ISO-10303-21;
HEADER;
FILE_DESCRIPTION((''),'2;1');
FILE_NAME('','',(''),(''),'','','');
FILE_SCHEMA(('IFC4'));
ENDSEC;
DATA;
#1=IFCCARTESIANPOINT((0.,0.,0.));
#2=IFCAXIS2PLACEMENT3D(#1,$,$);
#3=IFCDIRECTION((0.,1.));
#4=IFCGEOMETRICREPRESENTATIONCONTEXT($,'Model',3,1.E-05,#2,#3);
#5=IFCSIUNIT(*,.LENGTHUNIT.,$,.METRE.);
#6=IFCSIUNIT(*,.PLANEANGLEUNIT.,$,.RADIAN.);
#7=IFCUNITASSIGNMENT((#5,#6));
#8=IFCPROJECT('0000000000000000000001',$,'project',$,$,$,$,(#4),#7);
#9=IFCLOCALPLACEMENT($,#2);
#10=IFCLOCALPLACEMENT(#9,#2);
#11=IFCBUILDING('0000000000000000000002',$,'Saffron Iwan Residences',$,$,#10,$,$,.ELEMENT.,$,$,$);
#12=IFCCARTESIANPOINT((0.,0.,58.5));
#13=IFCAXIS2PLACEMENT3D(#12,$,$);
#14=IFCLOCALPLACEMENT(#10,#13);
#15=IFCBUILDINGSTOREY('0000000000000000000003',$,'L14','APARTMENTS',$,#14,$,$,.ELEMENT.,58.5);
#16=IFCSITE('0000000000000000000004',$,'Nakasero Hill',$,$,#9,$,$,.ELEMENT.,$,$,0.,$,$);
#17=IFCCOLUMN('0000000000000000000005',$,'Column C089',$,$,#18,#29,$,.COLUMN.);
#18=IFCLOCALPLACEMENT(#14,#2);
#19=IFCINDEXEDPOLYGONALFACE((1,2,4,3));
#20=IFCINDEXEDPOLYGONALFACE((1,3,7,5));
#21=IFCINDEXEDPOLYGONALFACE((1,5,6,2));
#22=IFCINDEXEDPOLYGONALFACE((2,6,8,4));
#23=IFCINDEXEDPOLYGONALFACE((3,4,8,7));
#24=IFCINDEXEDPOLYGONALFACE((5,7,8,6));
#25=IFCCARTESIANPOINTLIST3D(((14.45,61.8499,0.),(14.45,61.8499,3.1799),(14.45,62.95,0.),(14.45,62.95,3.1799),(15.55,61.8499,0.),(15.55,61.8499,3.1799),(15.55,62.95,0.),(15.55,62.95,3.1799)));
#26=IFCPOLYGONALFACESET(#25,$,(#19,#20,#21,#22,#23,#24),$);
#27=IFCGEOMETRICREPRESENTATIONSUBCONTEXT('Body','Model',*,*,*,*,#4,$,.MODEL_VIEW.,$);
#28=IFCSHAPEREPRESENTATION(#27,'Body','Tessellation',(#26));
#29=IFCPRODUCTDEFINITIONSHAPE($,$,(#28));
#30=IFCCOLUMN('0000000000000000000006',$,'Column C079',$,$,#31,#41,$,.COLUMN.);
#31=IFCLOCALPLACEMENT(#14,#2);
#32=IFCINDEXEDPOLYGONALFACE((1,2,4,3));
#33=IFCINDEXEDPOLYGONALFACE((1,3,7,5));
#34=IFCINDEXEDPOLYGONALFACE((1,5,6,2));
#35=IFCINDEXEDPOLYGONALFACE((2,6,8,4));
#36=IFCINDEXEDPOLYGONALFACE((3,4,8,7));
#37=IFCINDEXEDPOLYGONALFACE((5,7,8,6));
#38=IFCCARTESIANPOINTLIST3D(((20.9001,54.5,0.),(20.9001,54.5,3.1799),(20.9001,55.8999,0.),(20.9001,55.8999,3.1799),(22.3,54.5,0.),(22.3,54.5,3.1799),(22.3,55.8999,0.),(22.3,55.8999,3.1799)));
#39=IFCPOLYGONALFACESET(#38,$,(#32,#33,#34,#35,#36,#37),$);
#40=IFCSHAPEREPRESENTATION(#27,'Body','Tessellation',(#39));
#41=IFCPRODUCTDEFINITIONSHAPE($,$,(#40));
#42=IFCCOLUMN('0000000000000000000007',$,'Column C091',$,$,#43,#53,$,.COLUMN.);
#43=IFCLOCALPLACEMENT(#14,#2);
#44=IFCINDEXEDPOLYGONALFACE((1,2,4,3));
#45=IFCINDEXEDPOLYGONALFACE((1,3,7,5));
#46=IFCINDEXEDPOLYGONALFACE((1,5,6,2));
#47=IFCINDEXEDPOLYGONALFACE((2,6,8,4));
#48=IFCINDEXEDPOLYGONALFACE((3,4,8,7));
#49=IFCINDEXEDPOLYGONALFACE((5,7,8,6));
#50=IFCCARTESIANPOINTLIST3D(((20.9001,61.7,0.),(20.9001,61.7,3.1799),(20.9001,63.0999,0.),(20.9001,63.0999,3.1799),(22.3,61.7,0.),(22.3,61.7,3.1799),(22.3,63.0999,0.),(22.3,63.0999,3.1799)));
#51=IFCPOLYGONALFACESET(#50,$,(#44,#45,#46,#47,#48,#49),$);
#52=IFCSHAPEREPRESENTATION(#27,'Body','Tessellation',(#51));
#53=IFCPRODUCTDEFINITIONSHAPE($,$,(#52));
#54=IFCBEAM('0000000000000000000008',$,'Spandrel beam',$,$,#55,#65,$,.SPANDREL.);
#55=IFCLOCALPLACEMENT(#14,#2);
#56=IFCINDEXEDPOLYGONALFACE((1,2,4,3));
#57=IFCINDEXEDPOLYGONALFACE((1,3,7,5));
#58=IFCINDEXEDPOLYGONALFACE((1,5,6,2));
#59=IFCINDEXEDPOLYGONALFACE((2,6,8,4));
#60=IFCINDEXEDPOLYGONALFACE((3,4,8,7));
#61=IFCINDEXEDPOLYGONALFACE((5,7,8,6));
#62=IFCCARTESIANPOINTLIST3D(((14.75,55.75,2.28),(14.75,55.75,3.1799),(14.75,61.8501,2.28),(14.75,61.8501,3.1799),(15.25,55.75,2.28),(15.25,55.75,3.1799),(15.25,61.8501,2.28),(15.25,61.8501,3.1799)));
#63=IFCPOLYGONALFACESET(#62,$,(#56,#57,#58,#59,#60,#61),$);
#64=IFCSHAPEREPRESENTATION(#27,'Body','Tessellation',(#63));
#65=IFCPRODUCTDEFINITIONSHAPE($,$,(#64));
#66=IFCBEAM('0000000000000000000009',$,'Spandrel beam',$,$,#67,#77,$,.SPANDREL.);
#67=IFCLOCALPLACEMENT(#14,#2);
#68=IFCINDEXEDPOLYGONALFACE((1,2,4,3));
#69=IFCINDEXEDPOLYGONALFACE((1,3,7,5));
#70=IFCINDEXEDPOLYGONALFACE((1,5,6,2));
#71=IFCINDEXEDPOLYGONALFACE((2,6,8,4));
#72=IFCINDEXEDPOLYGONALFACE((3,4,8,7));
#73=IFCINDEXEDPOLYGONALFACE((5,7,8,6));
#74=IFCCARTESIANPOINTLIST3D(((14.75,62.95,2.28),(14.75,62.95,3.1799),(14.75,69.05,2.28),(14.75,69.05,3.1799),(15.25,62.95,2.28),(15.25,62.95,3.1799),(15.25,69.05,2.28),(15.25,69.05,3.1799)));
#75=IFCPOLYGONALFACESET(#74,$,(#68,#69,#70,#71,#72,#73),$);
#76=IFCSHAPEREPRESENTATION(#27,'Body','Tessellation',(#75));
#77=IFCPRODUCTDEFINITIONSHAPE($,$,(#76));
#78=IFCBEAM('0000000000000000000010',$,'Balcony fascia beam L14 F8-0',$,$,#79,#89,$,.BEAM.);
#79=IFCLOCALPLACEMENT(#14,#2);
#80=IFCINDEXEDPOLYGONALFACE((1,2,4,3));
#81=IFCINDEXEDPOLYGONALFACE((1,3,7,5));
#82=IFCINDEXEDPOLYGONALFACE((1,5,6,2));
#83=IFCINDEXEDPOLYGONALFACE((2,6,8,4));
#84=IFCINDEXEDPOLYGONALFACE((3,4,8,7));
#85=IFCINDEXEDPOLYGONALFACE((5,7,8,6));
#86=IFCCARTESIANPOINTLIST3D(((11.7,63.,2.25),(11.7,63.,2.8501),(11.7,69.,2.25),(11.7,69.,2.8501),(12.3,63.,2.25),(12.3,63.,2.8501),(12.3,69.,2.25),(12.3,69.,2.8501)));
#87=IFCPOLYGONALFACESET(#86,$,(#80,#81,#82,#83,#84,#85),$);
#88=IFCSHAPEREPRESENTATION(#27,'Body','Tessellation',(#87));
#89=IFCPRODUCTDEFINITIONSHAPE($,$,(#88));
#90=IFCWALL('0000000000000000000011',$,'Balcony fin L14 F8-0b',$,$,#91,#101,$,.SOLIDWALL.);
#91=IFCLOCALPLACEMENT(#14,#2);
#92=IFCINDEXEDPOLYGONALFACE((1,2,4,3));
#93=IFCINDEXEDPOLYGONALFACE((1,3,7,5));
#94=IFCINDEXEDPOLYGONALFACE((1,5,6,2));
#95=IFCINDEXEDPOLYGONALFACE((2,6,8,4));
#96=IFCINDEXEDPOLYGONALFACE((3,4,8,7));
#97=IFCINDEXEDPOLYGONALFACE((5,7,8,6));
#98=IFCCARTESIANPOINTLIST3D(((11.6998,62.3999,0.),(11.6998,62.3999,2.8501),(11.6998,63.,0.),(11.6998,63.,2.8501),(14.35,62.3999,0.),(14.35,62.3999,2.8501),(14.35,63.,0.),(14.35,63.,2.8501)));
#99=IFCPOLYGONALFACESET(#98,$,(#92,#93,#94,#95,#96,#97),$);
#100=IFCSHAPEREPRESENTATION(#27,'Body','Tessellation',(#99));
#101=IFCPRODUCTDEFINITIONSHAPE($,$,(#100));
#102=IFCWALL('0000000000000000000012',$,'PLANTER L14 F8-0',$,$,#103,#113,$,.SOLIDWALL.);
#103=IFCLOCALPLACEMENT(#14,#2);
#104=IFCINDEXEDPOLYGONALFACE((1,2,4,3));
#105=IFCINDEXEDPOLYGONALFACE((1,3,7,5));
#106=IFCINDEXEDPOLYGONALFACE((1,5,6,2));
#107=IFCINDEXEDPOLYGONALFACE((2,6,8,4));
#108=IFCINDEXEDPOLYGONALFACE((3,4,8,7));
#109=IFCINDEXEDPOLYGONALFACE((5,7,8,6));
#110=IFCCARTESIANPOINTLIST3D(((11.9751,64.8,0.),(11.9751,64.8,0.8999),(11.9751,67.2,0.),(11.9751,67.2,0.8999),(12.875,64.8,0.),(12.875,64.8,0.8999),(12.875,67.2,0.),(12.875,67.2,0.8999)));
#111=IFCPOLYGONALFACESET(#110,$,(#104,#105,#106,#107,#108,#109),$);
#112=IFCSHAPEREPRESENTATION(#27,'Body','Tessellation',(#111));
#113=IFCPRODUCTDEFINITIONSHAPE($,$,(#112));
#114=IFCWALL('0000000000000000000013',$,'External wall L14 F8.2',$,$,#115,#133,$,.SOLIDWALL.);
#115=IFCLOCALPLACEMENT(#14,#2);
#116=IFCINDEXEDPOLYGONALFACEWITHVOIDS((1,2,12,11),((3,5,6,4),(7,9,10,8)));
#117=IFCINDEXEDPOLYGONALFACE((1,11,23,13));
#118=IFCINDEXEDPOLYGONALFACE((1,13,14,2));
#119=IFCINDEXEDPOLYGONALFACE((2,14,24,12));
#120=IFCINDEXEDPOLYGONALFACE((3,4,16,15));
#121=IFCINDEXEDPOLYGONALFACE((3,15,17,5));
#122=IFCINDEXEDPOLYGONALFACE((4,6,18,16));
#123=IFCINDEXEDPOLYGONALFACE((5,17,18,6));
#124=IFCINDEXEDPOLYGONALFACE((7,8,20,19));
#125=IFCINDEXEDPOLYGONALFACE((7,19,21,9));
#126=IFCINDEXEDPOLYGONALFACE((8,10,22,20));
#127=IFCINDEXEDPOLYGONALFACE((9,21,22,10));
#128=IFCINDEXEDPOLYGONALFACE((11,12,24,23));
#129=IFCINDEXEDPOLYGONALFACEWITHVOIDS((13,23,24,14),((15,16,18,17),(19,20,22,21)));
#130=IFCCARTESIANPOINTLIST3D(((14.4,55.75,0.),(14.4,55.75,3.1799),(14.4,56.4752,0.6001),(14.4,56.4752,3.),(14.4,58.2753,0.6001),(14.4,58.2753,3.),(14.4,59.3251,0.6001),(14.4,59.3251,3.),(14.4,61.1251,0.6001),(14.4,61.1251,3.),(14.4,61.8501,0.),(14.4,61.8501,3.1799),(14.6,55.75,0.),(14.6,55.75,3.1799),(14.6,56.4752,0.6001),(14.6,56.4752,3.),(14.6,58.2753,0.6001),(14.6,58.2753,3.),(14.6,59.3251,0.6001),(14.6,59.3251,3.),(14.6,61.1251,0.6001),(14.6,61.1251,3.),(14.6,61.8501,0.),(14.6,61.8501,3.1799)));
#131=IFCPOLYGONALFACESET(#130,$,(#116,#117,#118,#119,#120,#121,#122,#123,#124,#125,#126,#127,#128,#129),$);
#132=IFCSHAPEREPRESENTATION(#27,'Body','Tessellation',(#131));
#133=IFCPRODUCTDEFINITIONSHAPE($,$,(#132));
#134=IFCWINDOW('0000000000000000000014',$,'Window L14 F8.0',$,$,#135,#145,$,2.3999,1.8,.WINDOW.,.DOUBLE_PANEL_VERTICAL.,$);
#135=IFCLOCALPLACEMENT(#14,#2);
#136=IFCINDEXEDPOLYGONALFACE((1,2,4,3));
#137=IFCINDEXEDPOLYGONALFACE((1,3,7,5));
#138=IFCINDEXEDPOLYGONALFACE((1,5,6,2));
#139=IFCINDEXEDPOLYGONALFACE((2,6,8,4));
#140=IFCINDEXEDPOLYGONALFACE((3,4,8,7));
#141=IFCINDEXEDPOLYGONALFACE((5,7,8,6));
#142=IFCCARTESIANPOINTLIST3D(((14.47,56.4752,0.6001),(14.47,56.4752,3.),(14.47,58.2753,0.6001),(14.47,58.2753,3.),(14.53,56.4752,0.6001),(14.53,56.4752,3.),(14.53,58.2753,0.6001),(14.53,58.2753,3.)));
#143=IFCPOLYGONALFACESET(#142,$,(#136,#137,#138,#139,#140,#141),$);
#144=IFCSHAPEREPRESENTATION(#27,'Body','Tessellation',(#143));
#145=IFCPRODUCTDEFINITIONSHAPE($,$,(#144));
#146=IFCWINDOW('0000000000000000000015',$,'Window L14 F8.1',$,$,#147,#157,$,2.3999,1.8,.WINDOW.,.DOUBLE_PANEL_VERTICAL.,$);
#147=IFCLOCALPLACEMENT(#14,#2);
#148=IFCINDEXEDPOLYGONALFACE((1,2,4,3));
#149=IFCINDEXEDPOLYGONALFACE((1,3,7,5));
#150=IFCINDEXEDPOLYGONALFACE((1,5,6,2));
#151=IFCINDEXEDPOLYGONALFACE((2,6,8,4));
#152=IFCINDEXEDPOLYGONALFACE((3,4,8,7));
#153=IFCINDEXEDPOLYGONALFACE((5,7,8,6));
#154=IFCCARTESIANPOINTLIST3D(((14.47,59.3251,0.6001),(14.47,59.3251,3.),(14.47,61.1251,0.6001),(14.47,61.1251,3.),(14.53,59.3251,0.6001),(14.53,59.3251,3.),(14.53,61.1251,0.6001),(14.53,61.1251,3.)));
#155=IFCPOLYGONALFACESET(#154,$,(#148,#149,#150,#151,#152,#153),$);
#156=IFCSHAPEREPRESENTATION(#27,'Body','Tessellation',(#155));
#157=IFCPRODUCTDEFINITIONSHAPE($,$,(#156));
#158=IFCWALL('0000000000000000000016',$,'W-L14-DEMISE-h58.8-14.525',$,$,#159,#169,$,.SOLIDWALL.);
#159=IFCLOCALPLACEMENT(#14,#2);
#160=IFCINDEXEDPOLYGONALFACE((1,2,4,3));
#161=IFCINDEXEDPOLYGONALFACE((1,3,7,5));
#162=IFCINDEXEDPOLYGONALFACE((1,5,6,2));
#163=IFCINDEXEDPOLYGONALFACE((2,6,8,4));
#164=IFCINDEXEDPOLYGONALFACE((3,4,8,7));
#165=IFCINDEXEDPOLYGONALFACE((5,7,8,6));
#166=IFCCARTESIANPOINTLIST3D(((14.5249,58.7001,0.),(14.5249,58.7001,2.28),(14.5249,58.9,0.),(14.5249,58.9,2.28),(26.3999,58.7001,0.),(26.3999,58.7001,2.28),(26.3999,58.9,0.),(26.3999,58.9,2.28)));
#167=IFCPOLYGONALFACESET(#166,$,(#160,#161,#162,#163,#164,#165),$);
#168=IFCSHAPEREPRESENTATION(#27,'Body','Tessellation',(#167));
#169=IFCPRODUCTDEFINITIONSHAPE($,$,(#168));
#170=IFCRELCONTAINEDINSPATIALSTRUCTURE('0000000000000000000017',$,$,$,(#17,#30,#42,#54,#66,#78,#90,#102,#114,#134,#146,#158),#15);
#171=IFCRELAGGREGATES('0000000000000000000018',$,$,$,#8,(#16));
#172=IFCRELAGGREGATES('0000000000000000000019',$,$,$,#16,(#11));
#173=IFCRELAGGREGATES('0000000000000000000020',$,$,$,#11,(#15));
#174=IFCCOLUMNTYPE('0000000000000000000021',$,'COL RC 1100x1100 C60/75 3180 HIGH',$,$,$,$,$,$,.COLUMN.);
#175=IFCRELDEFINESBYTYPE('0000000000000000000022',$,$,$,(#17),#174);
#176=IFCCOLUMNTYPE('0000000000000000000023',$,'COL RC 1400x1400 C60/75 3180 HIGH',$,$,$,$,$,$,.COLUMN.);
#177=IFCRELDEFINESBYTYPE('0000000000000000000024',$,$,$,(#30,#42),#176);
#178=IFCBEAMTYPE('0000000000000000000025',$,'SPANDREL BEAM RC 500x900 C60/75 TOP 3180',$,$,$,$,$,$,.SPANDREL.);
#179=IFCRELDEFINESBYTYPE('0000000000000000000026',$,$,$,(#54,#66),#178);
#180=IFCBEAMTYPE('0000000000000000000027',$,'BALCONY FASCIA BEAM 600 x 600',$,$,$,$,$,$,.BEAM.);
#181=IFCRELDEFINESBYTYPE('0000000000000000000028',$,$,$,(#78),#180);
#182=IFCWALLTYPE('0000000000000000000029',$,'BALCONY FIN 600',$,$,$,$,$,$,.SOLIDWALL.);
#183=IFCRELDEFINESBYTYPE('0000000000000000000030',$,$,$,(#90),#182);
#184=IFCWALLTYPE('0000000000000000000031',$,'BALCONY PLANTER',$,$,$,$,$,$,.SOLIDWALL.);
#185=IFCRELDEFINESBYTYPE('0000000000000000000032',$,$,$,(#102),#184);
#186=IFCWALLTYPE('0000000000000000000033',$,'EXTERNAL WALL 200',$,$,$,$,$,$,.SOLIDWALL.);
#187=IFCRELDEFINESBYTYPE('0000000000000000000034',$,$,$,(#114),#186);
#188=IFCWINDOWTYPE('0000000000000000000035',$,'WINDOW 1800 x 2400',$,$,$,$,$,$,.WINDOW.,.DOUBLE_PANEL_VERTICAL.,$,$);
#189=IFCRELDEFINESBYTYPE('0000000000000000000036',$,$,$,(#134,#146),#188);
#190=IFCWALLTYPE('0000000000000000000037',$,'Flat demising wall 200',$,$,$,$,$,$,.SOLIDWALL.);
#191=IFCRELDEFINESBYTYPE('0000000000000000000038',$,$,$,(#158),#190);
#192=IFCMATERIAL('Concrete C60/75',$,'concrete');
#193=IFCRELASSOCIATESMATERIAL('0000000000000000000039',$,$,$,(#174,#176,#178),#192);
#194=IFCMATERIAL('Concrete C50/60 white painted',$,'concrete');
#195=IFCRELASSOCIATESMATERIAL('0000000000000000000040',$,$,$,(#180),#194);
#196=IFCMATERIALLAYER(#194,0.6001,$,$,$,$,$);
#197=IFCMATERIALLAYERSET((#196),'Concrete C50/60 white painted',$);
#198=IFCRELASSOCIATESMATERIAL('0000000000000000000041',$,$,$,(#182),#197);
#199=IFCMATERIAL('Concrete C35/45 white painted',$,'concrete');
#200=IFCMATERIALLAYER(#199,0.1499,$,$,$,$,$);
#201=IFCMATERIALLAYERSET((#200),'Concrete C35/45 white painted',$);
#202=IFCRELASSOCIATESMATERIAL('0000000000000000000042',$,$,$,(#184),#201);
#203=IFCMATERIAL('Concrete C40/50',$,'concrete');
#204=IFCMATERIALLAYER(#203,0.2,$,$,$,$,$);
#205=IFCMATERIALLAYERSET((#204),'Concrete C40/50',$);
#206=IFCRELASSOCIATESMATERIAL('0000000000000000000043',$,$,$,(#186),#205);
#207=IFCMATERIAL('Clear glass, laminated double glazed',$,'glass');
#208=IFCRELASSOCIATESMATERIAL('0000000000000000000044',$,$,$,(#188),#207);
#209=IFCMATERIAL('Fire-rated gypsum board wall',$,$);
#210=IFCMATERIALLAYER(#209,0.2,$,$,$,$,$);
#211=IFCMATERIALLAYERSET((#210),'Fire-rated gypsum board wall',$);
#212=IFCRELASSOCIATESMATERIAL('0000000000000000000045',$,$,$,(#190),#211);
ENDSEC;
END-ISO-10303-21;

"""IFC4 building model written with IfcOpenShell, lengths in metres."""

from ifc_helpers import new_model, si_unit, direction, frame, frame_2d, origin, origin_2d, place, context, subcontext, project, spatial, rectangle, extrude, source, transform, mapped, material, layer, layer_set, material_profile, profile_set, type_object, element, fill, save


model = new_model("IFC4")

# Units and contexts
model_context = context("Model", 3, precision=1e-05, world=origin(), true_north=direction((0.0, 1.0)))
body_context = subcontext(model_context, "Body", "Model", "MODEL_VIEW")
ifc_project = project(units=[si_unit("LENGTHUNIT", "METRE"), si_unit("PLANEANGLEUNIT", "RADIAN")], contexts=[model_context])

# Site, building, storey
site_placement = place(None, origin())
site = spatial("IfcSite", under=ifc_project, at=site_placement, Name="Nakasero Hill", CompositionType="ELEMENT", RefElevation=0.0)
building_placement = place(site_placement, origin())
building = spatial("IfcBuilding", under=site, at=building_placement, Name="Saffron Iwan Residences", CompositionType="ELEMENT")
storey_placement = place(building_placement, frame((0.0, 0.0, 58.5)))
storey = spatial("IfcBuildingStorey", under=building, at=storey_placement, Name="L14", Description="APARTMENTS", CompositionType="ELEMENT", Elevation=58.5)

# Columns
ifc_material_1 = material(Name="Concrete C60/75", Category="concrete")
ifc_material_profile_1 = material_profile(ifc_material_1, rectangle(XDim=1.1001, YDim=1.1001, at=origin_2d()), Name="RC 1100x1100")
ifc_profile_set_1 = profile_set([ifc_material_profile_1], Name="Concrete C60/75")
column_type_1 = type_object("IfcColumnType", Name="COL RC 1100x1100 C60/75 3180 HIGH", PredefinedType="COLUMN", material=ifc_profile_set_1)
shared_shape_1 = source(origin(), body_context, "Body", "SweptSolid", [
    extrude(rectangle(XDim=1.1001, YDim=1.1001, at=origin_2d()), origin(), (0.0, 0.0, 1.0), 3.1799),
])
column_placement = place(storey_placement, frame((15.0, 62.3999, 0.0), z_axis=(0.0, 0.0, 1.0), x_axis=(1.0, 0.0, 0.0)))
element("IfcColumn", 1, at=column_placement, inside=storey, type_object=column_type_1, Name="Column C089", PredefinedType="COLUMN", context=body_context, shape_type="MappedRepresentation", body=[
    mapped(shared_shape_1, transform((0.0, 0.0, 0.0))),
])
ifc_material_profile_2 = material_profile(ifc_material_1, rectangle(XDim=1.3999, YDim=1.3999, at=origin_2d()), Name="RC 1400x1400")
ifc_profile_set_2 = profile_set([ifc_material_profile_2], Name="Concrete C60/75")
column_type_2 = type_object("IfcColumnType", Name="COL RC 1400x1400 C60/75 3180 HIGH", PredefinedType="COLUMN", material=ifc_profile_set_2)
shared_shape_2 = source(origin(), body_context, "Body", "SweptSolid", [
    extrude(rectangle(XDim=1.3999, YDim=1.3999, at=origin_2d()), origin(), (0.0, 0.0, 1.0), 3.1799),
])
for number, where, z_axis, x_axis, name in (
    (2, (21.6001, 55.2, 0.0), (0.0, 0.0, 1.0), (1.0, 0.0, 0.0), "Column C079"),
    (3, (21.6001, 62.3999, 0.0), (0.0, 0.0, 1.0), (1.0, 0.0, 0.0), "Column C091"),
):
    element("IfcColumn", number, at=place(storey_placement, frame(where, z_axis=z_axis, x_axis=x_axis)), inside=storey, type_object=column_type_2, Name=name, PredefinedType="COLUMN", context=body_context, shape_type="MappedRepresentation", body=[
        mapped(shared_shape_2, transform((0.0, 0.0, 0.0))),
    ])

# Beams
ifc_material_profile_3 = material_profile(ifc_material_1, rectangle(XDim=0.5, YDim=0.8999, at=origin_2d()), Name="RC 500x900")
ifc_profile_set_3 = profile_set([ifc_material_profile_3], Name="Concrete C60/75")
beam_type_1 = type_object("IfcBeamType", Name="SPANDREL BEAM RC 500x900 C60/75 TOP 3180", PredefinedType="SPANDREL", material=ifc_profile_set_3)
shared_shape_3 = source(origin(), body_context, "Body", "SweptSolid", [
    extrude(rectangle(XDim=0.5, YDim=0.8999, at=origin_2d()), origin(), (0.0, 0.0, 1.0), 6.1001),
])
for number, where, z_axis, x_axis, name in (
    (4, (15.0, 55.75, 2.73), (0.0, 1.0, 0.0), (-1.0, 0.0, 0.0), "Spandrel beam"),
    (5, (15.0, 62.95, 2.73), (0.0, 1.0, 0.0), (-1.0, 0.0, 0.0), "Spandrel beam"),
):
    element("IfcBeam", number, at=place(storey_placement, frame(where, z_axis=z_axis, x_axis=x_axis)), inside=storey, type_object=beam_type_1, Name=name, PredefinedType="SPANDREL", context=body_context, shape_type="MappedRepresentation", body=[
        mapped(shared_shape_3, transform((0.0, 0.0, 0.0))),
    ])
ifc_material_2 = material(Name="Concrete C50/60 white painted", Category="concrete")
ifc_material_profile_4 = material_profile(ifc_material_2, rectangle(XDim=0.6001, YDim=0.6001, at=origin_2d()), Name="BALCONY FASCIA BEAM 600 x 600")
ifc_profile_set_4 = profile_set([ifc_material_profile_4], Name="Concrete C50/60 white painted")
beam_type_2 = type_object("IfcBeamType", Name="BALCONY FASCIA BEAM 600 x 600", PredefinedType="BEAM", material=ifc_profile_set_4)
shared_shape_4 = source(origin(), body_context, "Body", "SweptSolid", [
    extrude(rectangle(XDim=0.6001, YDim=0.6001, at=origin_2d()), origin(), (0.0, 0.0, 1.0), 6.0),
])
beam_placement = place(storey_placement, frame((12.0, 69.0, 2.55), z_axis=(0.0, -1.0, 0.0), x_axis=(1.0, 0.0, 0.0)))
element("IfcBeam", 6, at=beam_placement, inside=storey, type_object=beam_type_2, Name="Balcony fascia beam L14 F8-0", PredefinedType="BEAM", context=body_context, shape_type="MappedRepresentation", body=[
    mapped(shared_shape_4, transform((0.0, 0.0, 0.0))),
])

# Walls
ifc_layer_1 = layer(ifc_material_2, 0.6001)
ifc_layer_set_1 = layer_set([ifc_layer_1], Name="Concrete C50/60 white painted")
wall_type_1 = type_object("IfcWallType", Name="BALCONY FIN 600", PredefinedType="SOLIDWALL", material=ifc_layer_set_1)
wall_1_placement = place(storey_placement, frame((14.3501, 62.7, 0.0), z_axis=(0.0, 0.0, 1.0), x_axis=(-1.0, 0.0, 0.0)))
element("IfcWall", 7, at=wall_1_placement, inside=storey, type_object=wall_type_1, Name="Balcony fin L14 F8-0b", PredefinedType="SOLIDWALL", context=body_context, shape_type="SweptSolid", body=[
    extrude(rectangle(XDim=2.6501, YDim=0.6001, at=frame_2d((1.3252, 0.0))), origin(), (0.0, 0.0, 1.0), 2.8501),
])
ifc_material_3 = material(Name="Concrete C35/45 white painted", Category="concrete")
ifc_layer_2 = layer(ifc_material_3, 0.1499)
ifc_layer_set_2 = layer_set([ifc_layer_2], Name="Concrete C35/45 white painted")
wall_type_2 = type_object("IfcWallType", Name="BALCONY PLANTER", PredefinedType="SOLIDWALL", material=ifc_layer_set_2)
wall_2_placement = place(storey_placement, frame((12.425, 67.2, 0.0), z_axis=(0.0, 0.0, 1.0), x_axis=(0.0, -1.0, 0.0)))
element("IfcWall", 8, at=wall_2_placement, inside=storey, type_object=wall_type_2, Name="PLANTER L14 F8-0", PredefinedType="SOLIDWALL", context=body_context, shape_type="SweptSolid", body=[
    extrude(rectangle(XDim=2.3999, YDim=0.8999, at=frame_2d((1.2, 0.0))), origin(), (0.0, 0.0, 1.0), 0.8999),
])

# Wall, openings, windows
ifc_material_4 = material(Name="Concrete C40/50", Category="concrete")
ifc_layer_3 = layer(ifc_material_4, 0.2)
ifc_layer_set_3 = layer_set([ifc_layer_3], Name="Concrete C40/50")
wall_type_3 = type_object("IfcWallType", Name="EXTERNAL WALL 200", PredefinedType="SOLIDWALL", material=ifc_layer_set_3)
wall_3_placement = place(storey_placement, frame((14.5, 61.8501, 0.0), z_axis=(0.0, 0.0, 1.0), x_axis=(0.0, -1.0, 0.0)))
wall_3 = element("IfcWall", 9, at=wall_3_placement, inside=storey, type_object=wall_type_3, Name="External wall L14 F8.2", PredefinedType="SOLIDWALL", context=body_context, shape_type="SweptSolid", body=[
    extrude(rectangle(XDim=6.1001, YDim=0.2, at=frame_2d((3.05, 0.0))), origin(), (0.0, 0.0, 1.0), 3.1799),
])
opening_1_placement = place(wall_3_placement, frame((3.575, 0.0, 0.6001)))
opening_1 = element("IfcOpeningElement", 10, at=opening_1_placement, cuts=wall_3, PredefinedType="OPENING", context=body_context, shape_type="SweptSolid", body=[
    extrude(rectangle(XDim=1.8, YDim=2.3999, at=frame_2d((0.8999, 1.2))), frame((0.0, 0.1099, 0.0), z_axis=(0.0, -1.0, 0.0), x_axis=(1.0, 0.0, 0.0)), (0.0, 0.0, 1.0), 0.22),
])
opening_2_placement = place(wall_3_placement, frame((0.7251, 0.0, 0.6001)))
opening_2 = element("IfcOpeningElement", 11, at=opening_2_placement, cuts=wall_3, PredefinedType="OPENING", context=body_context, shape_type="SweptSolid", body=[
    extrude(rectangle(XDim=1.8, YDim=2.3999, at=frame_2d((0.8999, 1.2))), frame((0.0, 0.1099, 0.0), z_axis=(0.0, -1.0, 0.0), x_axis=(1.0, 0.0, 0.0)), (0.0, 0.0, 1.0), 0.22),
])
ifc_material_5 = material(Name="Clear glass, laminated double glazed", Category="glass")
window_type = type_object("IfcWindowType", Name="WINDOW 1800 x 2400", PartitioningType="DOUBLE_PANEL_VERTICAL", PredefinedType="WINDOW", material=ifc_material_5)
window_1_placement = place(opening_1_placement, origin())
window_1 = element("IfcWindow", 12, at=window_1_placement, inside=storey, type_object=window_type, Name="Window L14 F8.0", OverallHeight=2.3999, OverallWidth=1.8, PartitioningType="DOUBLE_PANEL_VERTICAL", PredefinedType="WINDOW", context=body_context, shape_type="SweptSolid", body=[
    extrude(rectangle(XDim=1.8, YDim=2.3999, at=frame_2d((0.8999, 1.2))), frame((0.0, 0.03, 0.0), z_axis=(0.0, -1.0, 0.0), x_axis=(1.0, 0.0, 0.0)), (0.0, 0.0, 1.0), 0.0601),
])
fill(opening_1, window_1)
window_2_placement = place(opening_2_placement, origin())
window_2 = element("IfcWindow", 13, at=window_2_placement, inside=storey, type_object=window_type, Name="Window L14 F8.1", OverallHeight=2.3999, OverallWidth=1.8, PartitioningType="DOUBLE_PANEL_VERTICAL", PredefinedType="WINDOW", context=body_context, shape_type="SweptSolid", body=[
    extrude(rectangle(XDim=1.8, YDim=2.3999, at=frame_2d((0.8999, 1.2))), frame((0.0, 0.03, 0.0), z_axis=(0.0, -1.0, 0.0), x_axis=(1.0, 0.0, 0.0)), (0.0, 0.0, 1.0), 0.0601),
])
fill(opening_2, window_2)

# Wall
ifc_material_6 = material(Name="Fire-rated gypsum board wall")
ifc_layer_4 = layer(ifc_material_6, 0.2)
ifc_layer_set_4 = layer_set([ifc_layer_4], Name="Fire-rated gypsum board wall")
wall_type_4 = type_object("IfcWallType", Name="Flat demising wall 200", PredefinedType="SOLIDWALL", material=ifc_layer_set_4)
wall_4_placement = place(storey_placement, frame((14.5249, 58.8, 0.0), z_axis=(0.0, 0.0, 1.0), x_axis=(1.0, 0.0, 0.0)))
element("IfcWall", 14, at=wall_4_placement, inside=storey, type_object=wall_type_4, Name="W-L14-DEMISE-h58.8-14.525", PredefinedType="SOLIDWALL", context=body_context, shape_type="SweptSolid", body=[
    extrude(rectangle(XDim=11.875, YDim=0.2, at=frame_2d((5.9375, 0.0))), origin(), (0.0, 0.0, 1.0), 2.28),
])

save(model, "model.ifc")
